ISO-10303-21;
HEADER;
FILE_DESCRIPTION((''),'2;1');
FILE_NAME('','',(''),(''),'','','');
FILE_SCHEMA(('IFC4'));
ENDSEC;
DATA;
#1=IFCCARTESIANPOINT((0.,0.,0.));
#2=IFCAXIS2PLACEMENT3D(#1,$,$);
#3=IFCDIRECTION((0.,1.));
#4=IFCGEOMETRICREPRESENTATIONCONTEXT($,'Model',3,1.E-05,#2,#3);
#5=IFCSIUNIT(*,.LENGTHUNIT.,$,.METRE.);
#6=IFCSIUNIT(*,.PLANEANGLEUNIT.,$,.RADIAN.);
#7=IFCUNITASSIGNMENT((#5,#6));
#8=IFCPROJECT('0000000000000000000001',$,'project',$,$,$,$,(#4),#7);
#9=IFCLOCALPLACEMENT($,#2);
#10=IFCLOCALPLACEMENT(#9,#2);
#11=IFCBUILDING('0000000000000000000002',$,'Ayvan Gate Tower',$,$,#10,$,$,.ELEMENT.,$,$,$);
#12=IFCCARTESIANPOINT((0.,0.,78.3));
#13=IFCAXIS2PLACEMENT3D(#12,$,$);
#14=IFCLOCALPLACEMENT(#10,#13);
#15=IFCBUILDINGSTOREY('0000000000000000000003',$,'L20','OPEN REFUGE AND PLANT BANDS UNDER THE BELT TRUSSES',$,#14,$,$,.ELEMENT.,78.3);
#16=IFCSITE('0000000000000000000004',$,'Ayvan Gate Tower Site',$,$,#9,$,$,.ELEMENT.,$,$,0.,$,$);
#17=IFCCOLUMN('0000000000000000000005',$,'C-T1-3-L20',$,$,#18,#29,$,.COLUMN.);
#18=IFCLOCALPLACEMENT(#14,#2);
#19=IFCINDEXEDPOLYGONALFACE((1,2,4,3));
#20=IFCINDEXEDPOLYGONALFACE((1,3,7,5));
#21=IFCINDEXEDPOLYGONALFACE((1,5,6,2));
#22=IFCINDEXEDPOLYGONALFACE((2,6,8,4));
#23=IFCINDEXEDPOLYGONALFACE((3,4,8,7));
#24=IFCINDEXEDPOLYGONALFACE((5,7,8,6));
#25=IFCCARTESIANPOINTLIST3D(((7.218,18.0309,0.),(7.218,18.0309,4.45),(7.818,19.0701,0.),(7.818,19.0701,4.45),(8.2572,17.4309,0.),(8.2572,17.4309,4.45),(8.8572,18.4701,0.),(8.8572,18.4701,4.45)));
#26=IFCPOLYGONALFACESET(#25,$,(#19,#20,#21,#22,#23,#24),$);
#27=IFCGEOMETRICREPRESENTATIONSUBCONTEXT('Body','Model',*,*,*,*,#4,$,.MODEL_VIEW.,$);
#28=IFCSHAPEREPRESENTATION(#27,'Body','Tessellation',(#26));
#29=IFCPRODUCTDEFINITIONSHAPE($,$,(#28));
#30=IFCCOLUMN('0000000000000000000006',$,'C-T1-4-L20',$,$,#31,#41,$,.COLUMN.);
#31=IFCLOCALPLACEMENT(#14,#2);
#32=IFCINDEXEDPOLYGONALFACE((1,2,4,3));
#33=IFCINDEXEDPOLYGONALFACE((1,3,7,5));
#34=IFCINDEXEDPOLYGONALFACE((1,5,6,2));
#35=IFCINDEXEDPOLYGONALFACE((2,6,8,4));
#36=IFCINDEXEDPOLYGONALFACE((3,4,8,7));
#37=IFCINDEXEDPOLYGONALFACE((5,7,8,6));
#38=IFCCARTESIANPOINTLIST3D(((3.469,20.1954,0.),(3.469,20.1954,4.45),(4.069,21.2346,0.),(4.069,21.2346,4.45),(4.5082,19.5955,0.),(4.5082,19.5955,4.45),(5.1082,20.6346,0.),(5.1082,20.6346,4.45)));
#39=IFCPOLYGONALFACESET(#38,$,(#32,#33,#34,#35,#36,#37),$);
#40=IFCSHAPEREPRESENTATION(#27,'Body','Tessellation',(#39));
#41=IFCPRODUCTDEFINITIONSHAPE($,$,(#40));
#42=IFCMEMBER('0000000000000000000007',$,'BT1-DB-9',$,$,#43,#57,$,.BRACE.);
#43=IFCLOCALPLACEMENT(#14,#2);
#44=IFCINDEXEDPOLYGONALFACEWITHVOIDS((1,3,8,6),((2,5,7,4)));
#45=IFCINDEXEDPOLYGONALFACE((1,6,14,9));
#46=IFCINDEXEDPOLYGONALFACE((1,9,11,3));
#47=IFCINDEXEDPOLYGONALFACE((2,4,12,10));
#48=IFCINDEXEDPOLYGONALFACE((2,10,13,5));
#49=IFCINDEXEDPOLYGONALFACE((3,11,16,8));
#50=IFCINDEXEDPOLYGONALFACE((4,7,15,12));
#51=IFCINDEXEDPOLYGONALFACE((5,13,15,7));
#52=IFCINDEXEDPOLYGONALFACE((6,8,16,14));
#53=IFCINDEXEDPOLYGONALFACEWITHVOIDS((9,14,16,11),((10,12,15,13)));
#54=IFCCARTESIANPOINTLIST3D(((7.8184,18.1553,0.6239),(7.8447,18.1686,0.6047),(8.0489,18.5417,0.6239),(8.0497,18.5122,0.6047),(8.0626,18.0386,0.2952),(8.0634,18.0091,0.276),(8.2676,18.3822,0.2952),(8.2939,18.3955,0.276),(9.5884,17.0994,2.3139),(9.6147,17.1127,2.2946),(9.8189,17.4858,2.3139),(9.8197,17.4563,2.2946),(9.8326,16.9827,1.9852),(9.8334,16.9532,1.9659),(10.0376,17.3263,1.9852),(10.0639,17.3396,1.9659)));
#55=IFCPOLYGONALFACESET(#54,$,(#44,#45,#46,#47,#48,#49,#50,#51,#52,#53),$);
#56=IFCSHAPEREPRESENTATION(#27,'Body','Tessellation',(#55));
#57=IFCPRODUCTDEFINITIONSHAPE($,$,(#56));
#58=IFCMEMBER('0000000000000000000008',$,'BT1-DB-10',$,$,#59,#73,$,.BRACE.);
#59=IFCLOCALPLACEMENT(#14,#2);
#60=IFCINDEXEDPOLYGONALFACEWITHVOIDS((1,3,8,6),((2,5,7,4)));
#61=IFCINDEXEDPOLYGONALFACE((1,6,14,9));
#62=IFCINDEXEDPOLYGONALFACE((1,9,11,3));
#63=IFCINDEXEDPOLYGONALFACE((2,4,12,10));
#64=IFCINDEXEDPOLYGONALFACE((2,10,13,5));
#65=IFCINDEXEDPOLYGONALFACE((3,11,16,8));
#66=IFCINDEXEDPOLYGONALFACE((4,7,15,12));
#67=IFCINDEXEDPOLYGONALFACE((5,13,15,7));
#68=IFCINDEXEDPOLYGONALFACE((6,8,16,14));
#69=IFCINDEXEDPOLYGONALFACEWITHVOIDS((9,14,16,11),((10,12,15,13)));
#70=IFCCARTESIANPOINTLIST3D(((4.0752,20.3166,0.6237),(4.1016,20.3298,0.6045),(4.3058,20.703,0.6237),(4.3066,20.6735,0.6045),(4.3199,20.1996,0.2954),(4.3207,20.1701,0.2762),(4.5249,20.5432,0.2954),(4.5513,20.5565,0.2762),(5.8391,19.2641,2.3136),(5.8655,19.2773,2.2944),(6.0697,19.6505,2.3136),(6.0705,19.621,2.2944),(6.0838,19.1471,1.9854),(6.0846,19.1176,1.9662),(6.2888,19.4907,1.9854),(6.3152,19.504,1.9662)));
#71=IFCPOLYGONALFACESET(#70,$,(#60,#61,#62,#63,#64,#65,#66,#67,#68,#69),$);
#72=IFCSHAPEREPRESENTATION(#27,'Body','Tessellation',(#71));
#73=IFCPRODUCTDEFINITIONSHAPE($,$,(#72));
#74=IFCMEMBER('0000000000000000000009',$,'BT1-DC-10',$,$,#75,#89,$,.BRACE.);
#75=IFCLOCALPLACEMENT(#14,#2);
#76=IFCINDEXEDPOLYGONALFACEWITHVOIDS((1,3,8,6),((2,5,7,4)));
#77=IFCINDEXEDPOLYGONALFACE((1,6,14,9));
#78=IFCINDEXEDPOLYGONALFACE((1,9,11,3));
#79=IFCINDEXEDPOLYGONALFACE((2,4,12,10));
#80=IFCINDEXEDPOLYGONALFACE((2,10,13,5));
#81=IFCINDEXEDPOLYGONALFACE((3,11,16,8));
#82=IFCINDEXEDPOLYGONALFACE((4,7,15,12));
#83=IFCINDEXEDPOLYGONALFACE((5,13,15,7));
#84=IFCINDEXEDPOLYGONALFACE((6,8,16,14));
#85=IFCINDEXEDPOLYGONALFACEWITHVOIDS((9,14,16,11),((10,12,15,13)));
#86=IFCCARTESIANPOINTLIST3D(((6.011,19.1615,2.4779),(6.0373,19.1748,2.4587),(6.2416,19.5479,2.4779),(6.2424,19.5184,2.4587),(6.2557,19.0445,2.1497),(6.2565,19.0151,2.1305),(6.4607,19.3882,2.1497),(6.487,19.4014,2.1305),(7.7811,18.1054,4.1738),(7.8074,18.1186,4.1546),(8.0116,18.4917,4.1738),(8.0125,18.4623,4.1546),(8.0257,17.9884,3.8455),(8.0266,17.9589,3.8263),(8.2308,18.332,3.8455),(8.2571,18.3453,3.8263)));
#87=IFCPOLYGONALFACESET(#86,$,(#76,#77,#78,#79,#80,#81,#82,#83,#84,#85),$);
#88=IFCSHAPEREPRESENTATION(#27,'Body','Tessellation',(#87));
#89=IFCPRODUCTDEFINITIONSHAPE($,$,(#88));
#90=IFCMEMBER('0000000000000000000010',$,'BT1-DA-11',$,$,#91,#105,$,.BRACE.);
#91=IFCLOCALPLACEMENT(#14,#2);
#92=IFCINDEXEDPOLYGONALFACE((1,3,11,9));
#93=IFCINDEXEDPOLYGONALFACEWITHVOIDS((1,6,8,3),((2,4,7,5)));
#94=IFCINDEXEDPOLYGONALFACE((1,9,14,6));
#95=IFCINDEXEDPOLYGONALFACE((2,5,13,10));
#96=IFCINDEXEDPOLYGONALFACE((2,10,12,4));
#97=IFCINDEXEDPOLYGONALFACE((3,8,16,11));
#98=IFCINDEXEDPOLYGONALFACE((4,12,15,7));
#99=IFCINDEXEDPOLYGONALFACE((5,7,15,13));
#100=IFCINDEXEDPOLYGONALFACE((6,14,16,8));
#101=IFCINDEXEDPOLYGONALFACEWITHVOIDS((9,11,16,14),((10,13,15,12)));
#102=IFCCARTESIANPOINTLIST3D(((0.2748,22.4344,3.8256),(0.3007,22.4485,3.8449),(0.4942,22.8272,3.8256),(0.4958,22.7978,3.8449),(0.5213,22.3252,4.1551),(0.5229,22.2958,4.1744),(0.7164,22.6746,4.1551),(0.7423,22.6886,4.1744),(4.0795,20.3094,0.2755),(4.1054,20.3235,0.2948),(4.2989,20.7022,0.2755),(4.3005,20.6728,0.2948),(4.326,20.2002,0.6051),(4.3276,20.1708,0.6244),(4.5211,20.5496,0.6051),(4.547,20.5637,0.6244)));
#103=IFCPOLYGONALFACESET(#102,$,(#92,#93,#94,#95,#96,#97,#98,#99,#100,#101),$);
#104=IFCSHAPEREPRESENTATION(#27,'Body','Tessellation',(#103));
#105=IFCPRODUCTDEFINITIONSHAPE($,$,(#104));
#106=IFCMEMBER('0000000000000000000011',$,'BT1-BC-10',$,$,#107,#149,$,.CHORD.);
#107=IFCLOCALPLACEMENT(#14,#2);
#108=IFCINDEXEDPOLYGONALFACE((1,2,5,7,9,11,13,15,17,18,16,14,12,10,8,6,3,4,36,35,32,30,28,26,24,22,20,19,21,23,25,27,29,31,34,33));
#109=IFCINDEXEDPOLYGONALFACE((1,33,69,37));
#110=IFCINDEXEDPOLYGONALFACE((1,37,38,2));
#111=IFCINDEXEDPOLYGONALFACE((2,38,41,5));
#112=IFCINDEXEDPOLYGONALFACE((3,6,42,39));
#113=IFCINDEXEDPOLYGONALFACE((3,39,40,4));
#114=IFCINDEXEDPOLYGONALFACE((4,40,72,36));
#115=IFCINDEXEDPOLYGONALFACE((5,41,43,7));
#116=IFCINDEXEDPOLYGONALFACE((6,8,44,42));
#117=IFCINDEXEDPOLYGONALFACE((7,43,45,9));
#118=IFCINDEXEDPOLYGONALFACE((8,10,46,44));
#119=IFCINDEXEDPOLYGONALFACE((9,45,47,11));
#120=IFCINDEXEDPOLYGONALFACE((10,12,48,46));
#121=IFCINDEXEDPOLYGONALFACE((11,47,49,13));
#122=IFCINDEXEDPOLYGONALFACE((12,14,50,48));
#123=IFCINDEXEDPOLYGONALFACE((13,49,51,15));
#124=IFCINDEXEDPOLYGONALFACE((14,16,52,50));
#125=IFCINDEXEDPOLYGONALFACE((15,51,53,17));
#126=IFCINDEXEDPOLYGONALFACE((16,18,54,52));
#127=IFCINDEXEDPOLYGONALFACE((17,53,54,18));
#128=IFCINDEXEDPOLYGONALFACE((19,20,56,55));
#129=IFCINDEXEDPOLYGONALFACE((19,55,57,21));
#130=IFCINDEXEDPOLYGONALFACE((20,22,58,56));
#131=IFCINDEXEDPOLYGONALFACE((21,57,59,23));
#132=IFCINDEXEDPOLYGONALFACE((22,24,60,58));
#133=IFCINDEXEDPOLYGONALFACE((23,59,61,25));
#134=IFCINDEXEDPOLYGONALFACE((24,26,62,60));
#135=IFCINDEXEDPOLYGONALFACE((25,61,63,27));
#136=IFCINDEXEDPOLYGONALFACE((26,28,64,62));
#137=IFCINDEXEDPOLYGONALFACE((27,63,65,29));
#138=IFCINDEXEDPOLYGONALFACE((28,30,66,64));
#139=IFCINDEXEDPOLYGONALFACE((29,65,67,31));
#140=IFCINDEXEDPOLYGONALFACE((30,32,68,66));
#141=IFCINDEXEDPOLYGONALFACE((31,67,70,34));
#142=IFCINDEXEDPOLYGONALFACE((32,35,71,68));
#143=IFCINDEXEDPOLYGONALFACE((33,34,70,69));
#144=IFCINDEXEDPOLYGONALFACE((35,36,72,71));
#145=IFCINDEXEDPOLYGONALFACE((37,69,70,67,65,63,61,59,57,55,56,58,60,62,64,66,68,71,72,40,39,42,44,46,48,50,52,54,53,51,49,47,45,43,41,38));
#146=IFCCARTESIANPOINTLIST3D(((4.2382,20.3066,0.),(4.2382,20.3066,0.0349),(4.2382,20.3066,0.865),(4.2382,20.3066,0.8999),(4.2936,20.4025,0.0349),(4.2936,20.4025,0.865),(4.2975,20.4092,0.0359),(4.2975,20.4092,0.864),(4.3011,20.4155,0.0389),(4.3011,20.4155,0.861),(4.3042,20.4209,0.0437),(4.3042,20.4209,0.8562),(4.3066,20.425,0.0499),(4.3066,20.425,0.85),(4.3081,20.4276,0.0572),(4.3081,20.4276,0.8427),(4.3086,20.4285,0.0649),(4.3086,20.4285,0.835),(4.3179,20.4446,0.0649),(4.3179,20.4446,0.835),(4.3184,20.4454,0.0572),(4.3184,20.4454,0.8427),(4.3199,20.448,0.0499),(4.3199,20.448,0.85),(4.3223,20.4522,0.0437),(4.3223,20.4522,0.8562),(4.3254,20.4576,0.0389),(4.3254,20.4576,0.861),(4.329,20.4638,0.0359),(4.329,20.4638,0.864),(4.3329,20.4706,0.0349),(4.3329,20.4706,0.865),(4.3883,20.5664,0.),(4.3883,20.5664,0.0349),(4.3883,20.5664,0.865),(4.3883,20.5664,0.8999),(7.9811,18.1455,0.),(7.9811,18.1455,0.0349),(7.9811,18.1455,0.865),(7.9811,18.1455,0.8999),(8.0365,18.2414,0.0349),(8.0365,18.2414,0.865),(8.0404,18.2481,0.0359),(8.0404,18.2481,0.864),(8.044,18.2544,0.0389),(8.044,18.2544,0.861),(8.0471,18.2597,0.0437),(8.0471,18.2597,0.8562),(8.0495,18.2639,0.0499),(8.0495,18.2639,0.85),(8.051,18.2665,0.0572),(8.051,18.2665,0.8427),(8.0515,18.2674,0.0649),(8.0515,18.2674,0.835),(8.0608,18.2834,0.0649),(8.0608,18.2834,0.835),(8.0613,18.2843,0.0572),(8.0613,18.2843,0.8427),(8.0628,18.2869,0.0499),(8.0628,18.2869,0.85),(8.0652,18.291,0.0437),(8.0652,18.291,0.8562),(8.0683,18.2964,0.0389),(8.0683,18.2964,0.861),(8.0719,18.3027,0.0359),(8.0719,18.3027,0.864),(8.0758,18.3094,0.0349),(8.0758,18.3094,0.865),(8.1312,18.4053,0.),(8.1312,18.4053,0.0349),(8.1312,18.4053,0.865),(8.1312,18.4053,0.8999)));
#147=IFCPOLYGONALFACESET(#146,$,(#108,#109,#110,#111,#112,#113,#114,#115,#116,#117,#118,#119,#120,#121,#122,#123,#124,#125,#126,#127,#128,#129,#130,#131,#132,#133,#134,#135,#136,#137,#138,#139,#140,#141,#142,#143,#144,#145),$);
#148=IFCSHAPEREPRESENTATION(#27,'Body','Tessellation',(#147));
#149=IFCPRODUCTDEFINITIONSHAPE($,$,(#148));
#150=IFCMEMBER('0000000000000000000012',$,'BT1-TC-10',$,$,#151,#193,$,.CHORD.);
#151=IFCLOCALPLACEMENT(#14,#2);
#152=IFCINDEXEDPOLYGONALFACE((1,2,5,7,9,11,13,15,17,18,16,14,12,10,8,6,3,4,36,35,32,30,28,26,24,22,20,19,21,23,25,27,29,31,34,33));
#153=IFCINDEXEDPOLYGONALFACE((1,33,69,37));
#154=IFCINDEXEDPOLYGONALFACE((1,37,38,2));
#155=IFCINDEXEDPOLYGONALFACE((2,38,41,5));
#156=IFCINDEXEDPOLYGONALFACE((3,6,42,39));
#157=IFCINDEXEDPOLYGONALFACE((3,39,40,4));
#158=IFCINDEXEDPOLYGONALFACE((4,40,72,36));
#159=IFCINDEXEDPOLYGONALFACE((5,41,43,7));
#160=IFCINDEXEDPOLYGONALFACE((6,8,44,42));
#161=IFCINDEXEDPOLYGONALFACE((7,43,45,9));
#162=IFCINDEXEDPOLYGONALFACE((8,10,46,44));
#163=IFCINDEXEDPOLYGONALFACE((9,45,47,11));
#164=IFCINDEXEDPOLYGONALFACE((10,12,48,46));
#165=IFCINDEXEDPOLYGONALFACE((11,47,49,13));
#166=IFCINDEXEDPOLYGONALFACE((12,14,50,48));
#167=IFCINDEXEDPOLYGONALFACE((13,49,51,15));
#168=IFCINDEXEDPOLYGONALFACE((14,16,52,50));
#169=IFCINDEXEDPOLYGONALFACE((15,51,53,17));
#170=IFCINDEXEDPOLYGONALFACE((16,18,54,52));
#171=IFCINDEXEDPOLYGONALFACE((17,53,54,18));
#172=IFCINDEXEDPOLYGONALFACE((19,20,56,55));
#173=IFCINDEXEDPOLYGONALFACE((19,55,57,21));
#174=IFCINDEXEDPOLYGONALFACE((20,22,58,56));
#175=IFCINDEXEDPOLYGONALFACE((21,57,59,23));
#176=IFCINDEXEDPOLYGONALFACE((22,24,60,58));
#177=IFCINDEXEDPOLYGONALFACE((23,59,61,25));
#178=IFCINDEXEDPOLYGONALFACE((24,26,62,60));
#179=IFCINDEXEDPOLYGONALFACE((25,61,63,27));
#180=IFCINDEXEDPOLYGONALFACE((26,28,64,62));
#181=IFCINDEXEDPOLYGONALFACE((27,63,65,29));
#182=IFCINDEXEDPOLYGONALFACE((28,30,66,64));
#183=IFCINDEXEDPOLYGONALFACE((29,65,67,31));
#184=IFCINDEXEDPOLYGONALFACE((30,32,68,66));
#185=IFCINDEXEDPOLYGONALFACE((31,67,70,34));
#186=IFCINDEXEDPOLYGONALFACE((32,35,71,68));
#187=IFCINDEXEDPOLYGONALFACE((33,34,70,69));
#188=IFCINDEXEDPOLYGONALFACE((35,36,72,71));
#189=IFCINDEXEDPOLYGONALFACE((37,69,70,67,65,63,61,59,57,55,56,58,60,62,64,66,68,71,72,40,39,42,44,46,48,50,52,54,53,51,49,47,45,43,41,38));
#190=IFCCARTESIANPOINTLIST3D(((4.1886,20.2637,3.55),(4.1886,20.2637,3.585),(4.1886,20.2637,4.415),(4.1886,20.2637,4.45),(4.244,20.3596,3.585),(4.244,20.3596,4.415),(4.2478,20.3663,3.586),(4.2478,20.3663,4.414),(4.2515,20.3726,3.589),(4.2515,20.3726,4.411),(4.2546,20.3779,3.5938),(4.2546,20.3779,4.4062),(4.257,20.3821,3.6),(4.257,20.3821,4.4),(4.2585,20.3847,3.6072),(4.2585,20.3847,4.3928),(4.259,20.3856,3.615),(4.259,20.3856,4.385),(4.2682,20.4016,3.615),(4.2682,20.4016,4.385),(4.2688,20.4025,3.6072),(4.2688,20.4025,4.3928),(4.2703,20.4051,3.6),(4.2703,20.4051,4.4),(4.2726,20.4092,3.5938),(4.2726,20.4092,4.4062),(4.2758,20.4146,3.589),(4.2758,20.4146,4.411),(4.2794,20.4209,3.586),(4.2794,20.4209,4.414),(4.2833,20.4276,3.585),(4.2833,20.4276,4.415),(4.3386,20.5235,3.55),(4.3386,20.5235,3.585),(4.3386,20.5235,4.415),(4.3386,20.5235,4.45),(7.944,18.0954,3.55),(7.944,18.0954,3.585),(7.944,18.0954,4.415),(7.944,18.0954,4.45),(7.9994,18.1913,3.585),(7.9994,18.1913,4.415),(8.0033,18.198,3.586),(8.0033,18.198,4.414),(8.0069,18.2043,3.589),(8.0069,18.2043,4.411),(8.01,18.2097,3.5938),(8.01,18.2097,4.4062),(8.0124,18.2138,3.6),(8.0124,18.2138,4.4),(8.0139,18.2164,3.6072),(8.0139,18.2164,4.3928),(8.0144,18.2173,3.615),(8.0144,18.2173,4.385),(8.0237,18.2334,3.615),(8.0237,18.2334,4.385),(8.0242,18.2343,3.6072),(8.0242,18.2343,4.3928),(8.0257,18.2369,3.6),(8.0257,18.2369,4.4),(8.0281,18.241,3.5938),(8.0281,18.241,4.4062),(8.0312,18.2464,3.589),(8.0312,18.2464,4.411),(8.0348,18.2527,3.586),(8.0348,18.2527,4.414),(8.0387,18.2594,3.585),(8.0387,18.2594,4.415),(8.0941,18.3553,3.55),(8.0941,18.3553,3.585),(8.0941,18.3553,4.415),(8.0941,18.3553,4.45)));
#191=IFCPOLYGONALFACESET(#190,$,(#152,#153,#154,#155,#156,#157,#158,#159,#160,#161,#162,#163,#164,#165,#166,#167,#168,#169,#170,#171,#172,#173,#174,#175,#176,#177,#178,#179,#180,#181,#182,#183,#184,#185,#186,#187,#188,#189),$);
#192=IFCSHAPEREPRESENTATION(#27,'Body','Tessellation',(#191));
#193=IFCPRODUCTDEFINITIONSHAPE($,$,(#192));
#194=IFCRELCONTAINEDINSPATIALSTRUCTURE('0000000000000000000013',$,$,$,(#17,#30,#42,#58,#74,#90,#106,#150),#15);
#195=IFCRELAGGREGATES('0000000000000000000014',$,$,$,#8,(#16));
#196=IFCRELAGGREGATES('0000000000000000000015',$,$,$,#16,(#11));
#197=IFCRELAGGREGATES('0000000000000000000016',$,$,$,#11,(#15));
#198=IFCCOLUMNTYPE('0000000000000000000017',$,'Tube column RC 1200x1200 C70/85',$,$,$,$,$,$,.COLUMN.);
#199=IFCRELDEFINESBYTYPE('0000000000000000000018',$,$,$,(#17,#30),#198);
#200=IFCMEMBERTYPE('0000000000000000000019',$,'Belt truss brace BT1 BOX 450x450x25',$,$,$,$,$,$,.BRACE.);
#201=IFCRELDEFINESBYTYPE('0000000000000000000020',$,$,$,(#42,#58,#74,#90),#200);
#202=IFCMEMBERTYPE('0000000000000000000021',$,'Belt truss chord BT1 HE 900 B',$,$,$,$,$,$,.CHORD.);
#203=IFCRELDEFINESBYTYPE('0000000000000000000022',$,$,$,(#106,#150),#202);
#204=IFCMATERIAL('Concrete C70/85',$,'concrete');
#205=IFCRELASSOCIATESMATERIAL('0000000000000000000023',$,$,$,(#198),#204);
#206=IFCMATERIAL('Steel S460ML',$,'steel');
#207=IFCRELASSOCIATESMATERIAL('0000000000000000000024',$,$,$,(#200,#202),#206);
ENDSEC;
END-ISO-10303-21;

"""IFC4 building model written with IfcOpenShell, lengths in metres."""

from ifc_helpers import new_model, si_unit, direction, frame, origin, origin_2d, place, context, subcontext, project, spatial, rectangle, hollow_rectangle, i_section, extrude, material, material_profile, profile_set, type_object, element, save


model = new_model("IFC4")

# Units and contexts
model_context = context("Model", 3, precision=1e-05, world=origin(), true_north=direction((0.0, 1.0)))
body_context = subcontext(model_context, "Body", "Model", "MODEL_VIEW")
ifc_project = project(units=[si_unit("LENGTHUNIT", "METRE"), si_unit("PLANEANGLEUNIT", "RADIAN")], contexts=[model_context])

# Site, building, storey
site_placement = place(None, origin())
site = spatial("IfcSite", under=ifc_project, at=site_placement, Name="Ayvan Gate Tower Site", CompositionType="ELEMENT", RefElevation=0.0)
building_placement = place(site_placement, origin())
building = spatial("IfcBuilding", under=site, at=building_placement, Name="Ayvan Gate Tower", CompositionType="ELEMENT")
storey_placement = place(building_placement, frame((0.0, 0.0, 78.3)))
storey = spatial("IfcBuildingStorey", under=building, at=storey_placement, Name="L20", Description="OPEN REFUGE AND PLANT BANDS UNDER THE BELT TRUSSES", CompositionType="ELEMENT", Elevation=78.3)

# Columns
ifc_material_1 = material(Name="Concrete C70/85", Category="concrete")
ifc_material_profile_1 = material_profile(ifc_material_1, rectangle(XDim=1.2, YDim=1.2, at=origin_2d()), Name="RC 1200x1200")
ifc_profile_set_1 = profile_set([ifc_material_profile_1], Name="Concrete C70/85")
column_type = type_object("IfcColumnType", Name="Tube column RC 1200x1200 C70/85", PredefinedType="COLUMN", material=ifc_profile_set_1)
for number, where, z_axis, x_axis, name in (
    (1, (8.0376, 18.2505, 0.0), (0.0, 0.0, 1.0), (0.5, 0.866025, 0.0), "C-T1-3-L20"),
    (2, (4.2886, 20.415, 0.0), (0.0, 0.0, 1.0), (0.5, 0.866025, 0.0), "C-T1-4-L20"),
):
    element("IfcColumn", number, at=place(storey_placement, frame(where, z_axis=z_axis, x_axis=x_axis)), inside=storey, type_object=column_type, Name=name, PredefinedType="COLUMN", context=body_context, shape_type="SweptSolid", body=[
        extrude(rectangle(XDim=1.2, YDim=1.2, at=origin_2d()), origin(), (0.0, 0.0, 1.0), 4.45),
    ])

# Members
ifc_material_2 = material(Name="Steel S460ML", Category="steel")
ifc_material_profile_2 = material_profile(ifc_material_2, hollow_rectangle(XDim=0.45, YDim=0.45, WallThickness=0.0249, at=origin_2d()), Name="BOX 450x450x25")
ifc_profile_set_2 = profile_set([ifc_material_profile_2], Name="Steel S460ML")
member_type_1 = type_object("IfcMemberType", Name="Belt truss brace BT1 BOX 450x450x25", PredefinedType="BRACE", material=ifc_profile_set_2)
member_1_placement = place(storey_placement, frame((8.0562, 18.2754, 0.45), z_axis=(0.664098, -0.396169, 0.634053), x_axis=(0.512317, 0.858797, 0.0)))
element("IfcMember", 3, at=member_1_placement, inside=storey, type_object=member_type_1, Name="BT1-DB-9", PredefinedType="BRACE", context=body_context, shape_type="SweptSolid", body=[
    extrude(hollow_rectangle(XDim=0.45, YDim=0.45, WallThickness=0.0249, at=origin_2d()), origin(), (0.0, 0.0, 1.0), 2.6653),
])
member_2_placement = place(storey_placement, frame((4.3132, 20.4365, 0.45), z_axis=(0.663153, -0.395689, 0.635342), x_axis=(0.512397, 0.858749, 0.0)))
element("IfcMember", 4, at=member_2_placement, inside=storey, type_object=member_type_1, Name="BT1-DB-10", PredefinedType="BRACE", context=body_context, shape_type="SweptSolid", body=[
    extrude(hollow_rectangle(XDim=0.45, YDim=0.45, WallThickness=0.0249, at=origin_2d()), origin(), (0.0, 0.0, 1.0), 2.6599),
])
member_3_placement = place(storey_placement, frame((6.249, 19.2815, 2.3042), z_axis=(0.663149, -0.395694, 0.635342), x_axis=(0.512404, 0.858745, 0.0)))
element("IfcMember", 5, at=member_3_placement, inside=storey, type_object=member_type_1, Name="BT1-DC-10", PredefinedType="BRACE", context=body_context, shape_type="SweptSolid", body=[
    extrude(hollow_rectangle(XDim=0.45, YDim=0.45, WallThickness=0.0249, at=origin_2d()), origin(), (0.0, 0.0, 1.0), 2.6692),
])
member_4_placement = place(storey_placement, frame((4.3132, 20.4365, 0.45), z_axis=(-0.676887, 0.378056, 0.631584), x_axis=(-0.48762, -0.873056, 0.0)))
element("IfcMember", 6, at=member_4_placement, inside=storey, type_object=member_type_1, Name="BT1-DA-11", PredefinedType="BRACE", context=body_context, shape_type="SweptSolid", body=[
    extrude(hollow_rectangle(XDim=0.45, YDim=0.45, WallThickness=0.0249, at=origin_2d()), origin(), (0.0, 0.0, 1.0), 5.6208),
])
ifc_material_profile_3 = material_profile(ifc_material_2, i_section(OverallWidth=0.3, OverallDepth=0.8999, WebThickness=0.0186, FlangeThickness=0.0349, FilletRadius=0.03, at=origin_2d()), Name="HE 900 B")
ifc_profile_set_3 = profile_set([ifc_material_profile_3], Name="Steel S460ML")
member_type_2 = type_object("IfcMemberType", Name="Belt truss chord BT1 HE 900 B", PredefinedType="CHORD", material=ifc_profile_set_3)
member_5_placement = place(storey_placement, frame((8.0562, 18.2754, 0.45), z_axis=(-0.86601, 0.500027, 0.0), x_axis=(-0.500027, -0.86601, 0.0)))
element("IfcMember", 7, at=member_5_placement, inside=storey, type_object=member_type_2, Name="BT1-BC-10", PredefinedType="CHORD", context=body_context, shape_type="SweptSolid", body=[
    extrude(i_section(OverallWidth=0.3, OverallDepth=0.8999, WebThickness=0.0186, FlangeThickness=0.0349, FilletRadius=0.03, at=origin_2d()), origin(), (0.0, 0.0, 1.0), 4.322),
])
member_6_placement = place(storey_placement, frame((8.019, 18.2253, 4.0), z_axis=(-0.866021, 0.500008, 0.0), x_axis=(-0.500008, -0.866021, 0.0)))
element("IfcMember", 8, at=member_6_placement, inside=storey, type_object=member_type_2, Name="BT1-TC-10", PredefinedType="CHORD", context=body_context, shape_type="SweptSolid", body=[
    extrude(i_section(OverallWidth=0.3, OverallDepth=0.8999, WebThickness=0.0186, FlangeThickness=0.0349, FilletRadius=0.03, at=origin_2d()), origin(), (0.0, 0.0, 1.0), 4.3364),
])

save(model, "model.ifc")
